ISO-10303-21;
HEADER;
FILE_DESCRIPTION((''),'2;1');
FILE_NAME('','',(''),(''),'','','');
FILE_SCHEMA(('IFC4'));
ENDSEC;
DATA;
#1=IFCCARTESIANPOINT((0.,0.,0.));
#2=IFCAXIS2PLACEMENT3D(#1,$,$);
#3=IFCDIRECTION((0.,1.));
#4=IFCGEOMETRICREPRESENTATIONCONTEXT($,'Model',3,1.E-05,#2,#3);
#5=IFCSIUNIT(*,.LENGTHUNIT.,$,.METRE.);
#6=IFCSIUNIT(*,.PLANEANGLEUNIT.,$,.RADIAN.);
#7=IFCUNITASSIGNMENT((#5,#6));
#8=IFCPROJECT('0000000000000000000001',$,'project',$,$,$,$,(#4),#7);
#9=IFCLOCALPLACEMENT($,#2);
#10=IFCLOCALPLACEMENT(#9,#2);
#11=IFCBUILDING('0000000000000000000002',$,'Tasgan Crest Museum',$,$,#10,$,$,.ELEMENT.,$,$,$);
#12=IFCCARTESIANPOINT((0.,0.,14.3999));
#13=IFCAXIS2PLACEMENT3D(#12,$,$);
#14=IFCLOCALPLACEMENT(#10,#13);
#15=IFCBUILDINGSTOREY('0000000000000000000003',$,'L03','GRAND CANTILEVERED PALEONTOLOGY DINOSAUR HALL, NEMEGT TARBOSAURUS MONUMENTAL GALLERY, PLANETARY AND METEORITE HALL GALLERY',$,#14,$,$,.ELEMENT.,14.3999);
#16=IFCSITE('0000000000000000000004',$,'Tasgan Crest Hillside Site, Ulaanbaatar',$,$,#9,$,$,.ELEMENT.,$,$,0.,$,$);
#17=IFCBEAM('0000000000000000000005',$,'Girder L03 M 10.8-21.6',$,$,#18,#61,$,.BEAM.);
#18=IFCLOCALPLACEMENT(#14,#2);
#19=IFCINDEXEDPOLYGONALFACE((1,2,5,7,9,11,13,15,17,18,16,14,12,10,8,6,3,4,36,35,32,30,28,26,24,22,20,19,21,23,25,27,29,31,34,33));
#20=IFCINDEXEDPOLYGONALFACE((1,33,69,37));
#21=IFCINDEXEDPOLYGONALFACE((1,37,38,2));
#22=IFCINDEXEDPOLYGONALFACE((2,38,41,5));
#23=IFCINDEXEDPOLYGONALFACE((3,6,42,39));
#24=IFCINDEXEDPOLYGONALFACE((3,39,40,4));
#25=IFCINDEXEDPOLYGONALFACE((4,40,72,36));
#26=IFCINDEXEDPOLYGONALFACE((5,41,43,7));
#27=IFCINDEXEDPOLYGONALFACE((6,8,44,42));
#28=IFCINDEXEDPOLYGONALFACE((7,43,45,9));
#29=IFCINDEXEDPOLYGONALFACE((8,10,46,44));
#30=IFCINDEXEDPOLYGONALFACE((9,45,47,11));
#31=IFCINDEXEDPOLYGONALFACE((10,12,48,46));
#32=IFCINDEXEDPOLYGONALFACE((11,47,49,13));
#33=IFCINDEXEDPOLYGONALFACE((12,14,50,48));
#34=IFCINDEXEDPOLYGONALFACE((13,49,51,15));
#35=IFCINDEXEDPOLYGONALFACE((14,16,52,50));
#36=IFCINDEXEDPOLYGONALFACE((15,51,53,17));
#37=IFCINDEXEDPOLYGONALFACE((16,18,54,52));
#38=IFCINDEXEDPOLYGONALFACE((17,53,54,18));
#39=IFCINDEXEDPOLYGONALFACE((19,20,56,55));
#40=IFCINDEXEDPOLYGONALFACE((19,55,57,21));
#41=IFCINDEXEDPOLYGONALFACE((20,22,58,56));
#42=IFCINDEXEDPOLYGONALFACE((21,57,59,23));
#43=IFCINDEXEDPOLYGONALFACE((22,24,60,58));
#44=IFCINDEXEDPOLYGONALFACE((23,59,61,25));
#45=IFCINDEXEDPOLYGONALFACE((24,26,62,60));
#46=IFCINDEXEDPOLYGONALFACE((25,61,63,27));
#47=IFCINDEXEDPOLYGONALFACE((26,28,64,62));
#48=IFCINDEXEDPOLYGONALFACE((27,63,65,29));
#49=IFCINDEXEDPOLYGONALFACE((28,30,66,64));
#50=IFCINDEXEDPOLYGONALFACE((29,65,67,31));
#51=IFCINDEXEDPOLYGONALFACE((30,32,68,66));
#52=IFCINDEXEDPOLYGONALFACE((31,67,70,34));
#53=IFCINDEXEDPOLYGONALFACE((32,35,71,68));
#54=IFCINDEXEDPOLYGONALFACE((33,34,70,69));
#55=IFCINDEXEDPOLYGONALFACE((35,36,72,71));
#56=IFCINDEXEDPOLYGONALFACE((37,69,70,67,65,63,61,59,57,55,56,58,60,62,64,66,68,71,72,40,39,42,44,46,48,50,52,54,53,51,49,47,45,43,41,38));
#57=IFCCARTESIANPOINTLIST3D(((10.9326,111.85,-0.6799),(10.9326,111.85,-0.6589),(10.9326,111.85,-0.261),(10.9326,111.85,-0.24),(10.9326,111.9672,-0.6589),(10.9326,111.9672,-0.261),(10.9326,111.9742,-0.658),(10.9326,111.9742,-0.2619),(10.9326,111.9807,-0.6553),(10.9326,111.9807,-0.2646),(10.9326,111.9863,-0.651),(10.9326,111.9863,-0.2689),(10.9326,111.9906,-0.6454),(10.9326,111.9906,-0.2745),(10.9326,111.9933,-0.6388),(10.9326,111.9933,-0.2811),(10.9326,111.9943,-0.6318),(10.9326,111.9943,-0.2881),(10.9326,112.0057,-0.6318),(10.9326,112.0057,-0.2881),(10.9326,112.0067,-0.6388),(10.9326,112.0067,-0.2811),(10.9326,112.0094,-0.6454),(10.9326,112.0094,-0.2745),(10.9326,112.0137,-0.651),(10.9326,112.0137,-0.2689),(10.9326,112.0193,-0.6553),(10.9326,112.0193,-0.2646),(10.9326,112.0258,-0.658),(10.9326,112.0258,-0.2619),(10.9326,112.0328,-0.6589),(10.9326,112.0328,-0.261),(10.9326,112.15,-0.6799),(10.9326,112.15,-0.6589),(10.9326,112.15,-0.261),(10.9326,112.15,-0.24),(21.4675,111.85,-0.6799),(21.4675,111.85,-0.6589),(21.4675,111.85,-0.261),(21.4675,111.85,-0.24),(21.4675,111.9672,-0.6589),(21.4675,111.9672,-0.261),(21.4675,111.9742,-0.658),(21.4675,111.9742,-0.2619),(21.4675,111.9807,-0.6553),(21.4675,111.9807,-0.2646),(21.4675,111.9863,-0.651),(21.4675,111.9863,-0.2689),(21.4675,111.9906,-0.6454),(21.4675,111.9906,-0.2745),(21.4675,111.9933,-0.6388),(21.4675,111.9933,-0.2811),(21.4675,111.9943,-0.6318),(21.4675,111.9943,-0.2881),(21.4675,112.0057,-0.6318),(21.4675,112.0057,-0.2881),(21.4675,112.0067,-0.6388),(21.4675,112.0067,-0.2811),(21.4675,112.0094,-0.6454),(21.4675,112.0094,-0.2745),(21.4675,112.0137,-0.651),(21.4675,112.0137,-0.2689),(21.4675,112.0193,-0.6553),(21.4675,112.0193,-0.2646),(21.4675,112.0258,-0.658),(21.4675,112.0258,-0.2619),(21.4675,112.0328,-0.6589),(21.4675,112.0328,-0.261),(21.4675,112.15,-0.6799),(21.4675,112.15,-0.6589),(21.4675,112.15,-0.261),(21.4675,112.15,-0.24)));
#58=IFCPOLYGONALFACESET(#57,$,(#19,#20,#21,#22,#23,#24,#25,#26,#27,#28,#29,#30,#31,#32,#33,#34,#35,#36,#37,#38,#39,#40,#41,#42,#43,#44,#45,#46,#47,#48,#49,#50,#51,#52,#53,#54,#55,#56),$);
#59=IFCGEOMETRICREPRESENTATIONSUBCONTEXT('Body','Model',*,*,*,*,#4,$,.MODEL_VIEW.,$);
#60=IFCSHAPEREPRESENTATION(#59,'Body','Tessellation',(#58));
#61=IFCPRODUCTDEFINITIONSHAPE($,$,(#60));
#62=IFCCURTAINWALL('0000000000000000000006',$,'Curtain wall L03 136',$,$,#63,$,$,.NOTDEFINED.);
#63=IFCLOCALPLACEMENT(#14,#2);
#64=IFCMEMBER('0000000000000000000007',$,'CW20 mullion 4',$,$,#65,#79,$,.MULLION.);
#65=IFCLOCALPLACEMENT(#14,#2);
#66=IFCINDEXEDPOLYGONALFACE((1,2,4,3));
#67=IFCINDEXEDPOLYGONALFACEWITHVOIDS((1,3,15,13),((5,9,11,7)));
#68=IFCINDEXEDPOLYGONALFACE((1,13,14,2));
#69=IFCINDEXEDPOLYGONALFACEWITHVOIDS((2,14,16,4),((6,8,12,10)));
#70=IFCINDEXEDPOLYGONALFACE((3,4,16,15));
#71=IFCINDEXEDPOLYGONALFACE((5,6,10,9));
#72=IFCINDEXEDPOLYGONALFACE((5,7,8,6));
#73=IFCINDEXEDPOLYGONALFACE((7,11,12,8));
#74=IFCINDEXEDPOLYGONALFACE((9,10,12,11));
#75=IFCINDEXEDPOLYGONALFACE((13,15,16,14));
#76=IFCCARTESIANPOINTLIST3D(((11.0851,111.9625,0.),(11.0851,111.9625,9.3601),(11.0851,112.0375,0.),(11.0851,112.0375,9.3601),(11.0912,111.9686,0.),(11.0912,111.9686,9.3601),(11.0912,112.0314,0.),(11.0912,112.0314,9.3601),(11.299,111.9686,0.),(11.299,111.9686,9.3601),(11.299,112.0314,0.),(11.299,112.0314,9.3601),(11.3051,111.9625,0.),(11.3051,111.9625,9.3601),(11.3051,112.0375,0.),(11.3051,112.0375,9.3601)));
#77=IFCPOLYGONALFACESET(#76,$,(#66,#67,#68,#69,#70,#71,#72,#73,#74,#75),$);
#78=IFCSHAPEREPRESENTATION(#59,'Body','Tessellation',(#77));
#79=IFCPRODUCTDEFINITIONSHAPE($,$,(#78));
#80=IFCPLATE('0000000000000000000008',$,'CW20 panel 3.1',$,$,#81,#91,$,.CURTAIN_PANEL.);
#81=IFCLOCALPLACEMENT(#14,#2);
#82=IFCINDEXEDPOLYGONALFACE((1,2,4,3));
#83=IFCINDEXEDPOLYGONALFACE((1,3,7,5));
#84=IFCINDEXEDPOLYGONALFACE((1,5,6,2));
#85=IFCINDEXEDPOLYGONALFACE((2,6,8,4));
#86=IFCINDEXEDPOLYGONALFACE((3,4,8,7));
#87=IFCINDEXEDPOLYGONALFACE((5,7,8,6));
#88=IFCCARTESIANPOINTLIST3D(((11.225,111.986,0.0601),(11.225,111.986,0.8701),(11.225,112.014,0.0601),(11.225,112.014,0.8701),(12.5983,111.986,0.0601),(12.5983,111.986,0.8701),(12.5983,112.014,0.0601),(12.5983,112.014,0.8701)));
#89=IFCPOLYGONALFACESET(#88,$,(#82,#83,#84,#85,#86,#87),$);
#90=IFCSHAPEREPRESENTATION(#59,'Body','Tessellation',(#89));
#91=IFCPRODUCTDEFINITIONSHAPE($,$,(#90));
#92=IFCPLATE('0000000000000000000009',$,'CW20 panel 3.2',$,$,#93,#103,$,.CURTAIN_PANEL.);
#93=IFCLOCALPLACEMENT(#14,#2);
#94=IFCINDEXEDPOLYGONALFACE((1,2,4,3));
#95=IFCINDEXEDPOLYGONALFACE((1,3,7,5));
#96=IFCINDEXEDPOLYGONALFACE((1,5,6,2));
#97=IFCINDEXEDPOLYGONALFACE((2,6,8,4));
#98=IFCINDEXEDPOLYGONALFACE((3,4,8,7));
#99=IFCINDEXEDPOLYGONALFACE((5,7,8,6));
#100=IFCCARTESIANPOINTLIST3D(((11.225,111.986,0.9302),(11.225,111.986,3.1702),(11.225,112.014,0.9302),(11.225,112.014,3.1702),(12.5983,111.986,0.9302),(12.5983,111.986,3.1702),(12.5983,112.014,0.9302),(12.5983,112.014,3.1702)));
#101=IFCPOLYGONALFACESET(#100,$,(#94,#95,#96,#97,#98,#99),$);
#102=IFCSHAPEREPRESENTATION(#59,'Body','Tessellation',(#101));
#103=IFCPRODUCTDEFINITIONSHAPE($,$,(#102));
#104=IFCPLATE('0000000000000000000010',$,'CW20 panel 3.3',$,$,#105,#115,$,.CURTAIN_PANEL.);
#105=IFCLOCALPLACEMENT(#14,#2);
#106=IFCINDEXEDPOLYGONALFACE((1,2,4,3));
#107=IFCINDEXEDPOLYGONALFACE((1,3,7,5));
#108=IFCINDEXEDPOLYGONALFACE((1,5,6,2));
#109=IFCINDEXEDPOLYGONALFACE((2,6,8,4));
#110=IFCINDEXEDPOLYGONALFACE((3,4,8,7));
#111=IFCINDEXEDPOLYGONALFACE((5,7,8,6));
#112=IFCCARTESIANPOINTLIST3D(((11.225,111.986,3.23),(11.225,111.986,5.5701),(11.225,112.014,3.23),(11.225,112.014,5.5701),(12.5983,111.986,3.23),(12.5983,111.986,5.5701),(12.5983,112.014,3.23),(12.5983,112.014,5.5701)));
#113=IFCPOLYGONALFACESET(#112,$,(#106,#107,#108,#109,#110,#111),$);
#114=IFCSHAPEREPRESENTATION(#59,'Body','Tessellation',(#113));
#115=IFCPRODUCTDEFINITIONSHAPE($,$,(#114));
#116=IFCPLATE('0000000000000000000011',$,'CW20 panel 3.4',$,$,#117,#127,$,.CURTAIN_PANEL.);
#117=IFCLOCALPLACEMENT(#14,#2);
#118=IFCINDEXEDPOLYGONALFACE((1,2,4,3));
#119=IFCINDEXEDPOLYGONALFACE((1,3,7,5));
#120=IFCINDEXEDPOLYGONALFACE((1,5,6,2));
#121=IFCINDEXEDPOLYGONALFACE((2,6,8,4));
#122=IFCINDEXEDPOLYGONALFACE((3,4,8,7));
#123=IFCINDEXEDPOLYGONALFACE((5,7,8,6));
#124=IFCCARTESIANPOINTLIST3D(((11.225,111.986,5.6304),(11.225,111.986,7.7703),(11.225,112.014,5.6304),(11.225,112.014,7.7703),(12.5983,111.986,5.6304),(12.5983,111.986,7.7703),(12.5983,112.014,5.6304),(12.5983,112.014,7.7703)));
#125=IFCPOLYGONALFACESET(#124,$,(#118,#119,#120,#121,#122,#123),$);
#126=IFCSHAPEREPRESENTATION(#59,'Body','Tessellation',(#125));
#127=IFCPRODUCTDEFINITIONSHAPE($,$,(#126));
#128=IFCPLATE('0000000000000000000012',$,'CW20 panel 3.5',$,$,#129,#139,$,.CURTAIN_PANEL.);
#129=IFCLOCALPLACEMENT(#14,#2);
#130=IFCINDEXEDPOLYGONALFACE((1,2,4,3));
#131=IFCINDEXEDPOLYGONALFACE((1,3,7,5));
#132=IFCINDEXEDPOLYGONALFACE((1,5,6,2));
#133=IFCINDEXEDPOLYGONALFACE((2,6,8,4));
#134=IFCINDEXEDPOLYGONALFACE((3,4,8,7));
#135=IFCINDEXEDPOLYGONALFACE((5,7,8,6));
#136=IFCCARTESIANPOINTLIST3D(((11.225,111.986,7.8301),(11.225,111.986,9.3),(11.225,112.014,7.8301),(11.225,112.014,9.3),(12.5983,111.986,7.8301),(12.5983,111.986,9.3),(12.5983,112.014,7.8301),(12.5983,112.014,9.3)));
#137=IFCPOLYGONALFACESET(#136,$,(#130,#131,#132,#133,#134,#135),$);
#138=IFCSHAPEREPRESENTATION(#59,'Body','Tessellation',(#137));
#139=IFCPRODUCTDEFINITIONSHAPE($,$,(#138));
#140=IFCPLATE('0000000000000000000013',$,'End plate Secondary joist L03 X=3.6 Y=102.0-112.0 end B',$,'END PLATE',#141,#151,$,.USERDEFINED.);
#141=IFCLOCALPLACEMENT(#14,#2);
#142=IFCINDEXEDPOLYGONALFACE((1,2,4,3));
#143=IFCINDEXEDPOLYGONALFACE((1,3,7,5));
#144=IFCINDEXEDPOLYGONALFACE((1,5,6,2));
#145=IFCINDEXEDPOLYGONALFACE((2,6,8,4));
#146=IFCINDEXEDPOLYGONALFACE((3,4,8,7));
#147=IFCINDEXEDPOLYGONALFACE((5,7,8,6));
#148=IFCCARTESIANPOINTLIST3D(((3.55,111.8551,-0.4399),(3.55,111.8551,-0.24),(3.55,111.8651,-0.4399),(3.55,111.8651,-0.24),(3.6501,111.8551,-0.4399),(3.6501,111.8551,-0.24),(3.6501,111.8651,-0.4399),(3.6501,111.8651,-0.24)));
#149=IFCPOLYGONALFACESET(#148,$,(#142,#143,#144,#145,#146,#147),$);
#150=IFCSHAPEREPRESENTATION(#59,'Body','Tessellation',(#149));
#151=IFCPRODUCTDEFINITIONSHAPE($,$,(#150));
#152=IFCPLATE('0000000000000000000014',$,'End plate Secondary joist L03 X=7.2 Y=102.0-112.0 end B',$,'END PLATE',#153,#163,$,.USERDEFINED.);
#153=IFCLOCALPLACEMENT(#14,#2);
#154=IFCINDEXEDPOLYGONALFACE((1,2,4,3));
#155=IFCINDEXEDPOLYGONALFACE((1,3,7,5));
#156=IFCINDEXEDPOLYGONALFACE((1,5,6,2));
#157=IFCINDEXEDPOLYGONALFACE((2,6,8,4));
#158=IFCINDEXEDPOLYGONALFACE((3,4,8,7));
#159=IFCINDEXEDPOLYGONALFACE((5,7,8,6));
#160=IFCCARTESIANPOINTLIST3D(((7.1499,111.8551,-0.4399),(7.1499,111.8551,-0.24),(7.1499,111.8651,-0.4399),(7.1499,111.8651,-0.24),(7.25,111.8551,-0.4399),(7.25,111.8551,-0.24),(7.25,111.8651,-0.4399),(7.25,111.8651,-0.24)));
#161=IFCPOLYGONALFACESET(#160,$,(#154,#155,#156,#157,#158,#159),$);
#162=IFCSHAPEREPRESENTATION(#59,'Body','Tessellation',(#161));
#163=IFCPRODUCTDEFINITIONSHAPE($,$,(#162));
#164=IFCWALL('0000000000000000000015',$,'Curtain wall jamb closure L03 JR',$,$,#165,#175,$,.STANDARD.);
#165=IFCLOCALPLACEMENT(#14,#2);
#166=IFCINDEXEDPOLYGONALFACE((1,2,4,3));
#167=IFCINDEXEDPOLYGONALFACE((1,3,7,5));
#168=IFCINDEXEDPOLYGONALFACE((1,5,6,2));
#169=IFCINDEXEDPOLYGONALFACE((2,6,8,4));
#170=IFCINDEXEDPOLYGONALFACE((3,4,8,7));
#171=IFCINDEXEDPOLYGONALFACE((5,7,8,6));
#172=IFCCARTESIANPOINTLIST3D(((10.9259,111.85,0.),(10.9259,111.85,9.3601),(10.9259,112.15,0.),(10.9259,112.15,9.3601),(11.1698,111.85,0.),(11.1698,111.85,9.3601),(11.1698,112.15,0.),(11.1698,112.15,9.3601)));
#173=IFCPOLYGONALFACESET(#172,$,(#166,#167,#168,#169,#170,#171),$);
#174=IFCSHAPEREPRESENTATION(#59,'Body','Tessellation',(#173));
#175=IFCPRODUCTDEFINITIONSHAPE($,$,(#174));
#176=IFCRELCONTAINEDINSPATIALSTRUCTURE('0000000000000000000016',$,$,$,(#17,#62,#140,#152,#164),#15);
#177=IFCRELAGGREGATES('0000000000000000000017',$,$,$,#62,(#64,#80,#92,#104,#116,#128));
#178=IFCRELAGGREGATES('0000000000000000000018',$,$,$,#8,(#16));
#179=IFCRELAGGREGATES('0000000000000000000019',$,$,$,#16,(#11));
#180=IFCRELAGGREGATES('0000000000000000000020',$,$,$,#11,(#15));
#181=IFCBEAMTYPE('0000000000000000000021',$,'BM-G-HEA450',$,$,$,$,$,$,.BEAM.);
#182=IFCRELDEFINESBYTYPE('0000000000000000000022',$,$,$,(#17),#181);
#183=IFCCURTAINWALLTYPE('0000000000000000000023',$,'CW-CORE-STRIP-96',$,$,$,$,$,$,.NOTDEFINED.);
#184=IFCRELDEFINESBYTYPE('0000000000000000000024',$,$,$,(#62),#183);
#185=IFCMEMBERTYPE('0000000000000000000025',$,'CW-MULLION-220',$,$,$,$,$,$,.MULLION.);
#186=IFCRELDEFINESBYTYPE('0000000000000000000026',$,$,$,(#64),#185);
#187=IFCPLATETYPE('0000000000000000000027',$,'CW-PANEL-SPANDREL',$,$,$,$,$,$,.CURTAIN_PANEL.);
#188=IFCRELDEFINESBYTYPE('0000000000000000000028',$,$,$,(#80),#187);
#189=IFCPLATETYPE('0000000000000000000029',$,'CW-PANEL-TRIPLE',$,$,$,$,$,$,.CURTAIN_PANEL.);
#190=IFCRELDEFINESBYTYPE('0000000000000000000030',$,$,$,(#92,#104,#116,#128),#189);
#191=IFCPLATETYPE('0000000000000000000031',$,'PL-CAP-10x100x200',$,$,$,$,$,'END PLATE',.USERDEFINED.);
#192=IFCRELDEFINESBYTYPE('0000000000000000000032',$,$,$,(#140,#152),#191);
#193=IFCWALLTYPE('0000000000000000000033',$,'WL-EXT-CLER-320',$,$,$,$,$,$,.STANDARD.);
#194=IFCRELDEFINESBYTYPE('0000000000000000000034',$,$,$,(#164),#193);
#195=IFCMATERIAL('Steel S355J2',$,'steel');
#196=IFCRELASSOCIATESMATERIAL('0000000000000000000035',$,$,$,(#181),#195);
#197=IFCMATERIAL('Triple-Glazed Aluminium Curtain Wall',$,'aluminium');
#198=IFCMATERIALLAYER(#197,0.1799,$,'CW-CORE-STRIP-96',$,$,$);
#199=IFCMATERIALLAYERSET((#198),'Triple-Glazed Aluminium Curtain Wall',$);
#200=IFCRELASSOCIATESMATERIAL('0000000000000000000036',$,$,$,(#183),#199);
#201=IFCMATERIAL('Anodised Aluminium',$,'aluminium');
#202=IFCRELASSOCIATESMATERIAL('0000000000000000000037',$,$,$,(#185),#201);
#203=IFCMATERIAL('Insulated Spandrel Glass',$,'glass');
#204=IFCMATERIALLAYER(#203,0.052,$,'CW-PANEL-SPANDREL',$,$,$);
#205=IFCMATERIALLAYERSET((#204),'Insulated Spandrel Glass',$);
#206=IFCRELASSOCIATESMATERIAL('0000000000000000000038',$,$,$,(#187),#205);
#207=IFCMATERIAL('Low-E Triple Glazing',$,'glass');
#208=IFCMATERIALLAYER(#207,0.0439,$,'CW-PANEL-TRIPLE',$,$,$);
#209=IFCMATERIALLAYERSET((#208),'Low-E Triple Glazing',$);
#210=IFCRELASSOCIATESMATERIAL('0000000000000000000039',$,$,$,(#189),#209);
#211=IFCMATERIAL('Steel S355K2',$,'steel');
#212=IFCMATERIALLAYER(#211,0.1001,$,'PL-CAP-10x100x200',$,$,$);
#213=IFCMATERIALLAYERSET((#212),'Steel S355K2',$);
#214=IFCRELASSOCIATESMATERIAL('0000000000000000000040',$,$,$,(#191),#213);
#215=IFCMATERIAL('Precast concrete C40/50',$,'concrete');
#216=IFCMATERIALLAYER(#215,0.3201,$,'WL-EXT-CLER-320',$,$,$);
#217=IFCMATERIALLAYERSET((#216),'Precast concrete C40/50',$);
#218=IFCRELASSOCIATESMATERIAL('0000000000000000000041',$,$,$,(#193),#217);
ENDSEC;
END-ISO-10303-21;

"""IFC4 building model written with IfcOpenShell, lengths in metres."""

from ifc_helpers import new_model, si_unit, direction, frame, frame_2d, origin, origin_2d, place, context, subcontext, project, spatial, rectangle, hollow_rectangle, i_section, extrude, material, layer, layer_set, material_profile, profile_set, type_object, element, aggregate, save


model = new_model("IFC4")

# Units and contexts
model_context = context("Model", 3, precision=1e-05, world=origin(), true_north=direction((0.0, 1.0)))
body_context = subcontext(model_context, "Body", "Model", "MODEL_VIEW")
ifc_project = project(units=[si_unit("LENGTHUNIT", "METRE"), si_unit("PLANEANGLEUNIT", "RADIAN")], contexts=[model_context])

# Site, building, storey
site_placement = place(None, origin())
site = spatial("IfcSite", under=ifc_project, at=site_placement, Name="Tasgan Crest Hillside Site, Ulaanbaatar", CompositionType="ELEMENT", RefElevation=0.0)
building_placement = place(site_placement, origin())
building = spatial("IfcBuilding", under=site, at=building_placement, Name="Tasgan Crest Museum", CompositionType="ELEMENT")
storey_placement = place(building_placement, frame((0.0, 0.0, 14.3999)))
storey = spatial("IfcBuildingStorey", under=building, at=storey_placement, Name="L03", Description="GRAND CANTILEVERED PALEONTOLOGY DINOSAUR HALL, NEMEGT TARBOSAURUS MONUMENTAL GALLERY, PLANETARY AND METEORITE HALL GALLERY", CompositionType="ELEMENT", Elevation=14.3999)

# Beam
ifc_material_1 = material(Name="Steel S355J2", Category="steel")
ifc_material_profile_1 = material_profile(ifc_material_1, i_section(OverallWidth=0.3, OverallDepth=0.4399, WebThickness=0.0115, FlangeThickness=0.021, FilletRadius=0.0271, at=origin_2d()), Name="HEA 450")
ifc_profile_set_1 = profile_set([ifc_material_profile_1], Name="Steel S355J2")
beam_type = type_object("IfcBeamType", Name="BM-G-HEA450", PredefinedType="BEAM", material=ifc_profile_set_1)
for number, where, z_axis, x_axis, name in (
    (1, (10.9326, 112.0, -0.46), (1.0, 0.0, 0.0), (0.0, 1.0, 0.0), "Girder L03 M 10.8-21.6"),
):
    element("IfcBeam", number, at=place(storey_placement, frame(where, z_axis=z_axis, x_axis=x_axis)), inside=storey, type_object=beam_type, Name=name, PredefinedType="BEAM", context=body_context, shape_type="SweptSolid", body=[
        extrude(i_section(OverallWidth=0.3, OverallDepth=0.4399, WebThickness=0.0115, FlangeThickness=0.021, FilletRadius=0.0271, at=origin_2d()), origin(), (0.0, 0.0, 1.0), 10.5349),
    ])

# Curtain wall, member, plates
ifc_material_2 = material(Name="Triple-Glazed Aluminium Curtain Wall", Category="aluminium")
ifc_layer_1 = layer(ifc_material_2, 0.1799, Name="CW-CORE-STRIP-96")
ifc_layer_set_1 = layer_set([ifc_layer_1], Name="Triple-Glazed Aluminium Curtain Wall")
curtain_wall_type = type_object("IfcCurtainWallType", Name="CW-CORE-STRIP-96", PredefinedType="NOTDEFINED", material=ifc_layer_set_1)
curtain_wall_placement = place(storey_placement, origin())
curtain_wall = element("IfcCurtainWall", 2, at=curtain_wall_placement, inside=storey, type_object=curtain_wall_type, Name="Curtain wall L03 136", PredefinedType="NOTDEFINED")
ifc_material_3 = material(Name="Anodised Aluminium", Category="aluminium")
ifc_material_profile_2 = material_profile(ifc_material_3, hollow_rectangle(XDim=0.075, YDim=0.22, WallThickness=0.0061, at=origin_2d()), Name="ALU MULLION 220x75x6")
ifc_profile_set_2 = profile_set([ifc_material_profile_2], Name="Anodised Aluminium")
member_type = type_object("IfcMemberType", Name="CW-MULLION-220", PredefinedType="MULLION", material=ifc_profile_set_2)
member_placement = place(storey_placement, frame((11.1951, 112.0, 0.0), z_axis=(0.0, 0.0, 1.0), x_axis=(0.0, -1.0, 0.0)))
member = element("IfcMember", 3, at=member_placement, type_object=member_type, Name="CW20 mullion 4", PredefinedType="MULLION", context=body_context, shape_type="SweptSolid", body=[
    extrude(hollow_rectangle(XDim=0.075, YDim=0.22, WallThickness=0.0061, at=origin_2d()), origin(), (0.0, 0.0, 1.0), 9.3601),
])
ifc_material_4 = material(Name="Insulated Spandrel Glass", Category="glass")
ifc_layer_2 = layer(ifc_material_4, 0.052, Name="CW-PANEL-SPANDREL")
ifc_layer_set_2 = layer_set([ifc_layer_2], Name="Insulated Spandrel Glass")
plate_type_1 = type_object("IfcPlateType", Name="CW-PANEL-SPANDREL", PredefinedType="CURTAIN_PANEL", material=ifc_layer_set_2)
plate_1_placement = place(storey_placement, frame((11.9116, 112.0, 0.0601), z_axis=(0.0, 0.0, 1.0), x_axis=(-1.0, 0.0, 0.0)))
plate_1 = element("IfcPlate", 4, at=plate_1_placement, type_object=plate_type_1, Name="CW20 panel 3.1", PredefinedType="CURTAIN_PANEL", context=body_context, shape_type="SweptSolid", body=[
    extrude(rectangle(XDim=1.3733, YDim=0.0281, at=origin_2d()), origin(), (0.0, 0.0, 1.0), 0.8101),
])
ifc_material_5 = material(Name="Low-E Triple Glazing", Category="glass")
ifc_layer_3 = layer(ifc_material_5, 0.0439, Name="CW-PANEL-TRIPLE")
ifc_layer_set_3 = layer_set([ifc_layer_3], Name="Low-E Triple Glazing")
plate_type_2 = type_object("IfcPlateType", Name="CW-PANEL-TRIPLE", PredefinedType="CURTAIN_PANEL", material=ifc_layer_set_3)
plate_2_placement = place(storey_placement, frame((11.9116, 112.0, 0.9302), z_axis=(0.0, 0.0, 1.0), x_axis=(-1.0, 0.0, 0.0)))
plate_2 = element("IfcPlate", 5, at=plate_2_placement, type_object=plate_type_2, Name="CW20 panel 3.2", PredefinedType="CURTAIN_PANEL", context=body_context, shape_type="SweptSolid", body=[
    extrude(rectangle(XDim=1.3733, YDim=0.0281, at=origin_2d()), origin(), (0.0, 0.0, 1.0), 2.24),
])
plate_3_placement = place(storey_placement, frame((11.9116, 112.0, 3.23), z_axis=(0.0, 0.0, 1.0), x_axis=(-1.0, 0.0, 0.0)))
plate_3 = element("IfcPlate", 6, at=plate_3_placement, type_object=plate_type_2, Name="CW20 panel 3.3", PredefinedType="CURTAIN_PANEL", context=body_context, shape_type="SweptSolid", body=[
    extrude(rectangle(XDim=1.3733, YDim=0.0281, at=origin_2d()), origin(), (0.0, 0.0, 1.0), 2.3401),
])
plate_4_placement = place(storey_placement, frame((11.9116, 112.0, 5.6304), z_axis=(0.0, 0.0, 1.0), x_axis=(-1.0, 0.0, 0.0)))
plate_4 = element("IfcPlate", 7, at=plate_4_placement, type_object=plate_type_2, Name="CW20 panel 3.4", PredefinedType="CURTAIN_PANEL", context=body_context, shape_type="SweptSolid", body=[
    extrude(rectangle(XDim=1.3733, YDim=0.0281, at=origin_2d()), origin(), (0.0, 0.0, 1.0), 2.1399),
])
plate_5_placement = place(storey_placement, frame((11.9116, 112.0, 7.8301), z_axis=(0.0, 0.0, 1.0), x_axis=(-1.0, 0.0, 0.0)))
plate_5 = element("IfcPlate", 8, at=plate_5_placement, type_object=plate_type_2, Name="CW20 panel 3.5", PredefinedType="CURTAIN_PANEL", context=body_context, shape_type="SweptSolid", body=[
    extrude(rectangle(XDim=1.3733, YDim=0.0281, at=origin_2d()), origin(), (0.0, 0.0, 1.0), 1.47),
])
aggregate(curtain_wall, [member, plate_1, plate_2, plate_3, plate_4, plate_5])

# Plates
ifc_material_6 = material(Name="Steel S355K2", Category="steel")
ifc_layer_4 = layer(ifc_material_6, 0.1001, Name="PL-CAP-10x100x200")
ifc_layer_set_4 = layer_set([ifc_layer_4], Name="Steel S355K2")
plate_type_3 = type_object("IfcPlateType", Name="PL-CAP-10x100x200", ElementType="END PLATE", PredefinedType="USERDEFINED", material=ifc_layer_set_4)
for number, where, z_axis, x_axis, name in (
    (9, (3.6001, 111.8601, -0.4399), (0.0, 0.0, 1.0), (0.0, 1.0, 0.0), "End plate Secondary joist L03 X=3.6 Y=102.0-112.0 end B"),
    (10, (7.2, 111.8601, -0.4399), (0.0, 0.0, 1.0), (0.0, 1.0, 0.0), "End plate Secondary joist L03 X=7.2 Y=102.0-112.0 end B"),
):
    element("IfcPlate", number, at=place(storey_placement, frame(where, z_axis=z_axis, x_axis=x_axis)), inside=storey, type_object=plate_type_3, Name=name, ObjectType="END PLATE", PredefinedType="USERDEFINED", context=body_context, shape_type="SweptSolid", body=[
        extrude(rectangle(XDim=0.01, YDim=0.1001, at=origin_2d()), origin(), (0.0, 0.0, 1.0), 0.2),
    ])

# Wall
ifc_material_7 = material(Name="Precast concrete C40/50", Category="concrete")
ifc_layer_5 = layer(ifc_material_7, 0.3201, Name="WL-EXT-CLER-320")
ifc_layer_set_5 = layer_set([ifc_layer_5], Name="Precast concrete C40/50")
wall_type_1 = type_object("IfcWallType", Name="WL-EXT-CLER-320", PredefinedType="STANDARD", material=ifc_layer_set_5)
wall_1_placement = place(storey_placement, frame((11.1699, 112.0, 0.0), z_axis=(0.0, 0.0, 1.0), x_axis=(-1.0, 0.0, 0.0)))
element("IfcWall", 11, at=wall_1_placement, inside=storey, type_object=wall_type_1, Name="Curtain wall jamb closure L03 JR", PredefinedType="STANDARD", context=body_context, shape_type="SweptSolid", body=[
    extrude(rectangle(XDim=0.2439, YDim=0.3, at=frame_2d((0.1221, 0.0))), origin(), (0.0, 0.0, 1.0), 9.3601),
])

save(model, "model.ifc")
